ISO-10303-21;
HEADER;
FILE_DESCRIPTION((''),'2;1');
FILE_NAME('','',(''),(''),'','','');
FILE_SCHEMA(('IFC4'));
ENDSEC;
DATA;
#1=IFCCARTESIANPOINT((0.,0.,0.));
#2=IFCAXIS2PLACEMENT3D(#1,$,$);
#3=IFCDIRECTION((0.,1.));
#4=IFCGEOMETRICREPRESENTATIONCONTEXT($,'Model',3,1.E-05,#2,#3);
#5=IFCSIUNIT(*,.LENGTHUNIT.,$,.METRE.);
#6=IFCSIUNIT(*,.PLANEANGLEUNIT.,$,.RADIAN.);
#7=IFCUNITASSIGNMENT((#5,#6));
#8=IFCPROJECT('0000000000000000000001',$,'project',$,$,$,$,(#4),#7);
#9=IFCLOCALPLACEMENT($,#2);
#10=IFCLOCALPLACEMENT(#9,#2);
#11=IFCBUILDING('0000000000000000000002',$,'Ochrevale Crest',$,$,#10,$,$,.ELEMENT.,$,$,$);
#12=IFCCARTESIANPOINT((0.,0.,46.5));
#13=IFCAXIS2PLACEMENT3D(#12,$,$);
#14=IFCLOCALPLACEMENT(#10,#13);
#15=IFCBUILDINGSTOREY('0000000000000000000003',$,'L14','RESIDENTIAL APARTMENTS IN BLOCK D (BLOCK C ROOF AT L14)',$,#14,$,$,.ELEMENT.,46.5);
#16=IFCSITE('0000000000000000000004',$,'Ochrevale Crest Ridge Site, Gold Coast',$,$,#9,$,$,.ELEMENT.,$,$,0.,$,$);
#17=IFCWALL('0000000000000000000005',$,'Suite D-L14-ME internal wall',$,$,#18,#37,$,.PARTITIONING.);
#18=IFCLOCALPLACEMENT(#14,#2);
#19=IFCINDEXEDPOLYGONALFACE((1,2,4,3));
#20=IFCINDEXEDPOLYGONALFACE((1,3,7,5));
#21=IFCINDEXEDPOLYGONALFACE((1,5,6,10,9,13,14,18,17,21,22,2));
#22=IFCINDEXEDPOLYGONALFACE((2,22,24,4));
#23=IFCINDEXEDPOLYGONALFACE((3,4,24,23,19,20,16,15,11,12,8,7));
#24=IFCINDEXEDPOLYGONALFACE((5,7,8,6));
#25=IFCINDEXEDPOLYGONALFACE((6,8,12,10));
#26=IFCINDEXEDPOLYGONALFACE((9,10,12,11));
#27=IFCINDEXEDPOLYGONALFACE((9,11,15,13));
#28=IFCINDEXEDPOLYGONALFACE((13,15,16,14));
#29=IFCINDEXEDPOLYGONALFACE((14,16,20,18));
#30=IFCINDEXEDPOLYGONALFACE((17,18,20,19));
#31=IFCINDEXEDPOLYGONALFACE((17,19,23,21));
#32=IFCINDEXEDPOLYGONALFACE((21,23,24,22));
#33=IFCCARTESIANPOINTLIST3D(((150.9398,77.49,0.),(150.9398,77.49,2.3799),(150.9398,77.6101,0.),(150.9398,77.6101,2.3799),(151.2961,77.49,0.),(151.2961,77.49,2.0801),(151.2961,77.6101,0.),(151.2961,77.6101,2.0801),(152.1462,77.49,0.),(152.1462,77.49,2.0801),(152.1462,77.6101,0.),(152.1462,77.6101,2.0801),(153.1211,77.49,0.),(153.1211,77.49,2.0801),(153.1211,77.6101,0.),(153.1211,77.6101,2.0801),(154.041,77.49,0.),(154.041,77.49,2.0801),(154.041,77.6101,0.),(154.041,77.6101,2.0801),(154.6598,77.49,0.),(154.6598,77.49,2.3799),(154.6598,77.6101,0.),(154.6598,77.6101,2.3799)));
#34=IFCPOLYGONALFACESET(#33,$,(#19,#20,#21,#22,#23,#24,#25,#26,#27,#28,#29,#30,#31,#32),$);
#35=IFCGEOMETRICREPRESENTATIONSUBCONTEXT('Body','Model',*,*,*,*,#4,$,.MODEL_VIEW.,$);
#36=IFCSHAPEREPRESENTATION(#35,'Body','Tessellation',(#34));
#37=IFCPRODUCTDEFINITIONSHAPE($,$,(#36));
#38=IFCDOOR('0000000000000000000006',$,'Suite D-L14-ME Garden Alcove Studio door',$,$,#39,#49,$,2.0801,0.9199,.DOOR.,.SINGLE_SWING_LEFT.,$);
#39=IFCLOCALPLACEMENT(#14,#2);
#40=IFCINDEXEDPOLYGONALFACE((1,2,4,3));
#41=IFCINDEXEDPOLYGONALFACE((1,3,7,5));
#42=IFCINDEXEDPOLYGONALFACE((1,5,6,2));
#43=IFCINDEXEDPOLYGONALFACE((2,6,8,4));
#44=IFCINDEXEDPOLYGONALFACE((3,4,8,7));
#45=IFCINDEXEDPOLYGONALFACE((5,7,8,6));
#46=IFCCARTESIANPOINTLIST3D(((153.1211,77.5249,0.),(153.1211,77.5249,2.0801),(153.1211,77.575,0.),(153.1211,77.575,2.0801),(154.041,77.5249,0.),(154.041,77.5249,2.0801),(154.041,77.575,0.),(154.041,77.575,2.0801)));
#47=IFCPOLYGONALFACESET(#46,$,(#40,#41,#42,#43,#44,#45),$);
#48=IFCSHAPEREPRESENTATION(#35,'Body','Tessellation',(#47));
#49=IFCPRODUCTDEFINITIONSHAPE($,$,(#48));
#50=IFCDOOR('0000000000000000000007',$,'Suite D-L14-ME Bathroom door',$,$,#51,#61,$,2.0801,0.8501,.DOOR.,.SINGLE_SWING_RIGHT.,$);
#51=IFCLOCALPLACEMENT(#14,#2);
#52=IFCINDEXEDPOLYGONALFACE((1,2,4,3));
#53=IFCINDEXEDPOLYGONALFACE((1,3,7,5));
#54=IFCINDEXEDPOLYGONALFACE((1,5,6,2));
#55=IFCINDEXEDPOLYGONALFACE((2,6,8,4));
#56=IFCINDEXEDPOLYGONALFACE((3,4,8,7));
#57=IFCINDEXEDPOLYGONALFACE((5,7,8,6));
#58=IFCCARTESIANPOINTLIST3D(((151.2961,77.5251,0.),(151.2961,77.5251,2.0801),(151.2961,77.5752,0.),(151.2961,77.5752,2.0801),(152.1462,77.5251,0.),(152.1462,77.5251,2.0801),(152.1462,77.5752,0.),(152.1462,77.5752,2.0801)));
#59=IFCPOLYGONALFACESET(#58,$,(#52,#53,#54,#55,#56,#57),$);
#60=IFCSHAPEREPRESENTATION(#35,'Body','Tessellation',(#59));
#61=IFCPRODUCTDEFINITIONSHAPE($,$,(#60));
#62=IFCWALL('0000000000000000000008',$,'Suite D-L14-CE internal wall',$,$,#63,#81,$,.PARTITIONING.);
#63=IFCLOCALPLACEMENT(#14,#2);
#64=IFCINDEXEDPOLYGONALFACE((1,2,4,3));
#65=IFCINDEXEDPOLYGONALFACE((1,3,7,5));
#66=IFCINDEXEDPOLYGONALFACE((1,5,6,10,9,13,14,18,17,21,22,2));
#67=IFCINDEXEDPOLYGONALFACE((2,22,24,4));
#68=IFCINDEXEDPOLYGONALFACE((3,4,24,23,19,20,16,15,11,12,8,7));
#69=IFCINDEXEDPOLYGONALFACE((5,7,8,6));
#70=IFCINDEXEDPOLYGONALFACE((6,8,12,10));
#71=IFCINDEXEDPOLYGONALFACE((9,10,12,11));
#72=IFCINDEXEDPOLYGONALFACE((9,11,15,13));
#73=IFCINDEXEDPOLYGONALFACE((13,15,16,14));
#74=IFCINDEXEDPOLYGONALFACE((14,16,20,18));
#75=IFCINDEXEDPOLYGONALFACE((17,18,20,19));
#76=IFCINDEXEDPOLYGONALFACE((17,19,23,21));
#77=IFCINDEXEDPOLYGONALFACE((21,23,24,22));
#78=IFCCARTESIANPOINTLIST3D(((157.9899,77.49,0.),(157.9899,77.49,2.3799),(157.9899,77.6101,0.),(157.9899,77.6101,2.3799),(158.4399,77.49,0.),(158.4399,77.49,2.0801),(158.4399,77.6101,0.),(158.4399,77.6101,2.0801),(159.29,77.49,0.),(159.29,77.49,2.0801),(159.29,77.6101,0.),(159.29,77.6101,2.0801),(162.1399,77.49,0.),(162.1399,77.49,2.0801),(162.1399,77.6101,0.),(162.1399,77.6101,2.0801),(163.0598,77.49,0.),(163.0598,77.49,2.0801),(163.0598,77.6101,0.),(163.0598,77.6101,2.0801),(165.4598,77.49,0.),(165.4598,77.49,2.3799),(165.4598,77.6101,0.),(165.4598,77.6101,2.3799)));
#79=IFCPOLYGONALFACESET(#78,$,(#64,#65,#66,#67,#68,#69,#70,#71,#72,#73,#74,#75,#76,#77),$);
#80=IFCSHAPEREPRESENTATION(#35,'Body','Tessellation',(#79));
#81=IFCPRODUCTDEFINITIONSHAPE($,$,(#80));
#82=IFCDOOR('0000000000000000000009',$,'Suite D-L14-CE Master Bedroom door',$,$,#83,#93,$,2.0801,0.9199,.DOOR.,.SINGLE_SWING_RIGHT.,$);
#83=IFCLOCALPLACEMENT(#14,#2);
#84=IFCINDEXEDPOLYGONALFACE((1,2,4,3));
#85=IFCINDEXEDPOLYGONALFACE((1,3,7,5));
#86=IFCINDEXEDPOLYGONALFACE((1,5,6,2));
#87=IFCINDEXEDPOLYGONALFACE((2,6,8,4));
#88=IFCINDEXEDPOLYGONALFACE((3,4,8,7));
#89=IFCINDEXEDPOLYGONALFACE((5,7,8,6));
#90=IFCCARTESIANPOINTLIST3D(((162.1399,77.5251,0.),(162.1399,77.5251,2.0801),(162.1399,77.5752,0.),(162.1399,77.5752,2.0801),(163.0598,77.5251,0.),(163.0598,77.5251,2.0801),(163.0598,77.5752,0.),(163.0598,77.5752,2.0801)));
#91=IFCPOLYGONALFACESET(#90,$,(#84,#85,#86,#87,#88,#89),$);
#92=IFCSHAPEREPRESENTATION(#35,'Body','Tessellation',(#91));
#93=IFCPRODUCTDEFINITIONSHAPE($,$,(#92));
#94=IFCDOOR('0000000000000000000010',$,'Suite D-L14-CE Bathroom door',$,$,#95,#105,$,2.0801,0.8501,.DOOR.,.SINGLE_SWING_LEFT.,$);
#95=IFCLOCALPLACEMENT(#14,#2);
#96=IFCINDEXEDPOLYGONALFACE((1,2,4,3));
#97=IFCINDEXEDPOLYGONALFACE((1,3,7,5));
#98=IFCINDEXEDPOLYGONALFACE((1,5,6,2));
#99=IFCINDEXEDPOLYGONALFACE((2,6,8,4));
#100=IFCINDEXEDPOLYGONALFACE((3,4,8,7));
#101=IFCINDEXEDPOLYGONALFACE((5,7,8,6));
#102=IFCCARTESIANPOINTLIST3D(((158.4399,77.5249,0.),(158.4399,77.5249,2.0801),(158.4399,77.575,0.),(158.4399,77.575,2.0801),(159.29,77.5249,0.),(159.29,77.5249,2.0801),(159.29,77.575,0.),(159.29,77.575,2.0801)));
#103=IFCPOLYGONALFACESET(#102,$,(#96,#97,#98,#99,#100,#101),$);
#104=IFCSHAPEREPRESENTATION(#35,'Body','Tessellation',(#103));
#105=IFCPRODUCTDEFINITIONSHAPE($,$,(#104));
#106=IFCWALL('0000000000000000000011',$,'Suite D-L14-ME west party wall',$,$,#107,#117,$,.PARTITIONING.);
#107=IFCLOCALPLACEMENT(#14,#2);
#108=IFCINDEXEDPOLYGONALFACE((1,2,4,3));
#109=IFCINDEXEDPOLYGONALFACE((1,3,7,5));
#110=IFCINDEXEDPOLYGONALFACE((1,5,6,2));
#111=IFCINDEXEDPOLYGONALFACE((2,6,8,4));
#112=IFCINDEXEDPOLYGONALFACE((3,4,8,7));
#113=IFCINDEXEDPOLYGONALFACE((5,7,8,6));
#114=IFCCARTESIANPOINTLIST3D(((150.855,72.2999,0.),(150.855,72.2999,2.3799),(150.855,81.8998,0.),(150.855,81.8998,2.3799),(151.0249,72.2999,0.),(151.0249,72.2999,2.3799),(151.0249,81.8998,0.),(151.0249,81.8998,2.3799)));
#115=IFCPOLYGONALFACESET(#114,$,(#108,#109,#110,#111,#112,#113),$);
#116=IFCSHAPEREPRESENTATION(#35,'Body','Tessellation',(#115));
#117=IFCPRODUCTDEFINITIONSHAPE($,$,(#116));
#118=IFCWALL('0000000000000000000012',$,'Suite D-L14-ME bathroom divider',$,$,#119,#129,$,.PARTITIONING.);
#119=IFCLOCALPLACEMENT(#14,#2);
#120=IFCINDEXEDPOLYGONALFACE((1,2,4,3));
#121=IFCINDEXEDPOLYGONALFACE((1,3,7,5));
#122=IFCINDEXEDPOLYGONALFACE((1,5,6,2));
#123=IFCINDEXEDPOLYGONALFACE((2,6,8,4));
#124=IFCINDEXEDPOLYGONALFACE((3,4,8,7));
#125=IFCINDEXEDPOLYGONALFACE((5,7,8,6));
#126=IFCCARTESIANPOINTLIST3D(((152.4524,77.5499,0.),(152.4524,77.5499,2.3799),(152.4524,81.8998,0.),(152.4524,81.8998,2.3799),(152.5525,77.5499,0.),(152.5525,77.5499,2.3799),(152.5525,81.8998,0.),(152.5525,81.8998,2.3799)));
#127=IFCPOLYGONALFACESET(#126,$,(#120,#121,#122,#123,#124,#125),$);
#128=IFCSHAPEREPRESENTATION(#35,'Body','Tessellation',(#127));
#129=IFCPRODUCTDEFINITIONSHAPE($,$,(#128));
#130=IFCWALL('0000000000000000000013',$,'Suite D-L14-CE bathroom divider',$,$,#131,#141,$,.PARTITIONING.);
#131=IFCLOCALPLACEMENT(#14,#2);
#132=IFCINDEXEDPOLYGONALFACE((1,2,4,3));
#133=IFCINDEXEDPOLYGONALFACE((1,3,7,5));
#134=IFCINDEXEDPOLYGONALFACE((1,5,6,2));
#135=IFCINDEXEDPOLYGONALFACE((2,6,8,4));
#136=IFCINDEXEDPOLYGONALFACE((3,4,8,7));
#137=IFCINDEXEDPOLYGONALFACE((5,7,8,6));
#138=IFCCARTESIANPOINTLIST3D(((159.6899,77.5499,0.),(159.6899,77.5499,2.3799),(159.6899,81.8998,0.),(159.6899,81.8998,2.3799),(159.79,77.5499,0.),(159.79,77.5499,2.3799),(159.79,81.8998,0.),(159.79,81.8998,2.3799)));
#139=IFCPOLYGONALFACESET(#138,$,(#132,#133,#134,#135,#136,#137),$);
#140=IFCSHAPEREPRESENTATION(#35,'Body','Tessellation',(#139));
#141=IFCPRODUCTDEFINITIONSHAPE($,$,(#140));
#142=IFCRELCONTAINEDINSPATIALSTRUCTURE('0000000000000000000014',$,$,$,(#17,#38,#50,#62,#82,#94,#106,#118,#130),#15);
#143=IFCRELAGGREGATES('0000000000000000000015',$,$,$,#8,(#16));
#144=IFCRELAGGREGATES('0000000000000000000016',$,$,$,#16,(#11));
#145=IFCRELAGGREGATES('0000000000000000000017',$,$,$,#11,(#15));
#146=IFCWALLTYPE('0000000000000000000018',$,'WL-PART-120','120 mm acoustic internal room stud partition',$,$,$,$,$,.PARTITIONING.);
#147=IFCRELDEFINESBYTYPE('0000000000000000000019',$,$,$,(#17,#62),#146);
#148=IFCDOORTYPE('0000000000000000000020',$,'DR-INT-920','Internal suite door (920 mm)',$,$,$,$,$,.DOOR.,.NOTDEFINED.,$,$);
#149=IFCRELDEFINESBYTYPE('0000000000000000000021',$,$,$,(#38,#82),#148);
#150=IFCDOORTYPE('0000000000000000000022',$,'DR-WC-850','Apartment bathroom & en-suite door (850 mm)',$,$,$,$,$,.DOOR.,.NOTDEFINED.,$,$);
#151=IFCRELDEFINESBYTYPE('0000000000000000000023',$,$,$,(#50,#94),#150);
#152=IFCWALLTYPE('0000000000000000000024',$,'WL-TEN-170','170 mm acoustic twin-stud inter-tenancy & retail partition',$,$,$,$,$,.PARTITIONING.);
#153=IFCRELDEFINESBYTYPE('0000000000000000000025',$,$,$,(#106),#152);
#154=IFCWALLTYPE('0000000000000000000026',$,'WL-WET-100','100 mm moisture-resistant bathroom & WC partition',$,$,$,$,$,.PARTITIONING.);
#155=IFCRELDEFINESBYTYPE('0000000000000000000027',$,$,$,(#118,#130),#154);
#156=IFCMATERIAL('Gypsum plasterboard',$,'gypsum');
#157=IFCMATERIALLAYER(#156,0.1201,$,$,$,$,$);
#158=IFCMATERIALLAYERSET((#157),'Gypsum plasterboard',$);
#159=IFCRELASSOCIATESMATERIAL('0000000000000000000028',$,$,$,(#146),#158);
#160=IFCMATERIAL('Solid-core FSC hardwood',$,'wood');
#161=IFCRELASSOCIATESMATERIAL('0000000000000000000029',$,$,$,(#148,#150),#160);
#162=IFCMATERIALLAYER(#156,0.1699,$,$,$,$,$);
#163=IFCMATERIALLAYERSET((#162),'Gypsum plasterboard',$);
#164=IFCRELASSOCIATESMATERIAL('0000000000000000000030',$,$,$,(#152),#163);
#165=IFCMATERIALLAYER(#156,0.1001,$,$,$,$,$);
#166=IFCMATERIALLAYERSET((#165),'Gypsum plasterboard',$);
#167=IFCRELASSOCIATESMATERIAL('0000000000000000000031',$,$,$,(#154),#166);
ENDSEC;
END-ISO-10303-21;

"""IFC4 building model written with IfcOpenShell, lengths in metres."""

from ifc_helpers import new_model, si_unit, direction, frame, frame_2d, origin, place, context, subcontext, project, spatial, rectangle, extrude, material, layer, layer_set, type_object, element, fill, save


model = new_model("IFC4")

# Units and contexts
model_context = context("Model", 3, precision=1e-05, world=origin(), true_north=direction((0.0, 1.0)))
body_context = subcontext(model_context, "Body", "Model", "MODEL_VIEW")
ifc_project = project(units=[si_unit("LENGTHUNIT", "METRE"), si_unit("PLANEANGLEUNIT", "RADIAN")], contexts=[model_context])

# Site, building, storey
site_placement = place(None, origin())
site = spatial("IfcSite", under=ifc_project, at=site_placement, Name="Ochrevale Crest Ridge Site, Gold Coast", CompositionType="ELEMENT", RefElevation=0.0)
building_placement = place(site_placement, origin())
building = spatial("IfcBuilding", under=site, at=building_placement, Name="Ochrevale Crest", CompositionType="ELEMENT")
storey_placement = place(building_placement, frame((0.0, 0.0, 46.5)))
storey = spatial("IfcBuildingStorey", under=building, at=storey_placement, Name="L14", Description="RESIDENTIAL APARTMENTS IN BLOCK D (BLOCK C ROOF AT L14)", CompositionType="ELEMENT", Elevation=46.5)

# Walls, openings, doors
ifc_material_1 = material(Name="Gypsum plasterboard", Category="gypsum")
ifc_layer_1 = layer(ifc_material_1, 0.1201)
ifc_layer_set_1 = layer_set([ifc_layer_1], Name="Gypsum plasterboard")
wall_type_1 = type_object("IfcWallType", Name="WL-PART-120", Description="120 mm acoustic internal room stud partition", PredefinedType="PARTITIONING", material=ifc_layer_set_1)
wall_1_placement = place(storey_placement, frame((150.9399, 77.55, 0.0), z_axis=(0.0, 0.0, 1.0), x_axis=(1.0, 0.0, 0.0)))
wall_1 = element("IfcWall", 1, at=wall_1_placement, inside=storey, type_object=wall_type_1, Name="Suite D-L14-ME internal wall", PredefinedType="PARTITIONING", context=body_context, shape_type="SweptSolid", body=[
    extrude(rectangle(XDim=3.72, YDim=0.1201, at=frame_2d((1.8599, 0.0))), origin(), (0.0, 0.0, 1.0), 2.3799),
])
opening_1_placement = place(wall_1_placement, frame((1.2063, 0.0, 0.0), z_axis=(0.0, 0.0, 1.0), x_axis=(-1.0, 0.0, 0.0)))
opening_1 = element("IfcOpeningElement", 2, at=opening_1_placement, cuts=wall_1, PredefinedType="OPENING", context=body_context, shape_type="SweptSolid", body=[
    extrude(rectangle(XDim=0.8501, YDim=2.0801, at=frame_2d((0.425, 1.04))), frame((0.0, 0.0701, 0.0), z_axis=(0.0, -1.0, 0.0), x_axis=(1.0, 0.0, 0.0)), (0.0, 0.0, 1.0), 0.1401),
])
opening_2_placement = place(wall_1_placement, frame((2.1812, 0.0, 0.0)))
opening_2 = element("IfcOpeningElement", 3, at=opening_2_placement, cuts=wall_1, PredefinedType="OPENING", context=body_context, shape_type="SweptSolid", body=[
    extrude(rectangle(XDim=0.9199, YDim=2.0801, at=frame_2d((0.46, 1.04))), frame((0.0, 0.0701, 0.0), z_axis=(0.0, -1.0, 0.0), x_axis=(1.0, 0.0, 0.0)), (0.0, 0.0, 1.0), 0.1401),
])
ifc_material_2 = material(Name="Solid-core FSC hardwood", Category="wood")
door_type_1 = type_object("IfcDoorType", Name="DR-INT-920", Description="Internal suite door (920 mm)", OperationType="NOTDEFINED", PredefinedType="DOOR", material=ifc_material_2)
door_1_placement = place(opening_2_placement, origin())
door_1 = element("IfcDoor", 4, at=door_1_placement, inside=storey, type_object=door_type_1, Name="Suite D-L14-ME Garden Alcove Studio door", OperationType="SINGLE_SWING_LEFT", OverallHeight=2.0801, OverallWidth=0.9199, PredefinedType="DOOR", context=body_context, shape_type="SweptSolid", body=[
    extrude(rectangle(XDim=0.9199, YDim=2.0801, at=frame_2d((0.46, 1.04))), frame((0.0, 0.0249, 0.0), z_axis=(0.0, -1.0, 0.0), x_axis=(1.0, 0.0, 0.0)), (0.0, 0.0, 1.0), 0.05),
])
fill(opening_2, door_1)
door_type_2 = type_object("IfcDoorType", Name="DR-WC-850", Description="Apartment bathroom & en-suite door (850 mm)", OperationType="NOTDEFINED", PredefinedType="DOOR", material=ifc_material_2)
door_2_placement = place(opening_1_placement, origin())
door_2 = element("IfcDoor", 5, at=door_2_placement, inside=storey, type_object=door_type_2, Name="Suite D-L14-ME Bathroom door", OperationType="SINGLE_SWING_RIGHT", OverallHeight=2.0801, OverallWidth=0.8501, PredefinedType="DOOR", context=body_context, shape_type="SweptSolid", body=[
    extrude(rectangle(XDim=0.8501, YDim=2.0801, at=frame_2d((0.425, 1.04))), frame((0.0, 0.0249, 0.0), z_axis=(0.0, -1.0, 0.0), x_axis=(1.0, 0.0, 0.0)), (0.0, 0.0, 1.0), 0.05),
])
fill(opening_1, door_2)
wall_2_placement = place(storey_placement, frame((157.99, 77.55, 0.0), z_axis=(0.0, 0.0, 1.0), x_axis=(1.0, 0.0, 0.0)))
wall_2 = element("IfcWall", 6, at=wall_2_placement, inside=storey, type_object=wall_type_1, Name="Suite D-L14-CE internal wall", PredefinedType="PARTITIONING", context=body_context, shape_type="SweptSolid", body=[
    extrude(rectangle(XDim=7.47, YDim=0.1201, at=frame_2d((3.7349, 0.0))), origin(), (0.0, 0.0, 1.0), 2.3799),
])
opening_3_placement = place(wall_2_placement, frame((0.45, 0.0, 0.0)))
opening_3 = element("IfcOpeningElement", 7, at=opening_3_placement, cuts=wall_2, PredefinedType="OPENING", context=body_context, shape_type="SweptSolid", body=[
    extrude(rectangle(XDim=0.8501, YDim=2.0801, at=frame_2d((0.425, 1.04))), frame((0.0, 0.0701, 0.0), z_axis=(0.0, -1.0, 0.0), x_axis=(1.0, 0.0, 0.0)), (0.0, 0.0, 1.0), 0.1401),
])
opening_4_placement = place(wall_2_placement, frame((5.0698, 0.0, 0.0), z_axis=(0.0, 0.0, 1.0), x_axis=(-1.0, 0.0, 0.0)))
opening_4 = element("IfcOpeningElement", 8, at=opening_4_placement, cuts=wall_2, PredefinedType="OPENING", context=body_context, shape_type="SweptSolid", body=[
    extrude(rectangle(XDim=0.9199, YDim=2.0801, at=frame_2d((0.46, 1.04))), frame((0.0, 0.0701, 0.0), z_axis=(0.0, -1.0, 0.0), x_axis=(1.0, 0.0, 0.0)), (0.0, 0.0, 1.0), 0.1401),
])
door_3_placement = place(opening_4_placement, origin())
door_3 = element("IfcDoor", 9, at=door_3_placement, inside=storey, type_object=door_type_1, Name="Suite D-L14-CE Master Bedroom door", OperationType="SINGLE_SWING_RIGHT", OverallHeight=2.0801, OverallWidth=0.9199, PredefinedType="DOOR", context=body_context, shape_type="SweptSolid", body=[
    extrude(rectangle(XDim=0.9199, YDim=2.0801, at=frame_2d((0.46, 1.04))), frame((0.0, 0.0249, 0.0), z_axis=(0.0, -1.0, 0.0), x_axis=(1.0, 0.0, 0.0)), (0.0, 0.0, 1.0), 0.05),
])
fill(opening_4, door_3)
door_4_placement = place(opening_3_placement, origin())
door_4 = element("IfcDoor", 10, at=door_4_placement, inside=storey, type_object=door_type_2, Name="Suite D-L14-CE Bathroom door", OperationType="SINGLE_SWING_LEFT", OverallHeight=2.0801, OverallWidth=0.8501, PredefinedType="DOOR", context=body_context, shape_type="SweptSolid", body=[
    extrude(rectangle(XDim=0.8501, YDim=2.0801, at=frame_2d((0.425, 1.04))), frame((0.0, 0.0249, 0.0), z_axis=(0.0, -1.0, 0.0), x_axis=(1.0, 0.0, 0.0)), (0.0, 0.0, 1.0), 0.05),
])
fill(opening_3, door_4)

# Walls
ifc_layer_2 = layer(ifc_material_1, 0.1699)
ifc_layer_set_2 = layer_set([ifc_layer_2], Name="Gypsum plasterboard")
wall_type_2 = type_object("IfcWallType", Name="WL-TEN-170", Description="170 mm acoustic twin-stud inter-tenancy & retail partition", PredefinedType="PARTITIONING", material=ifc_layer_set_2)
wall_3_placement = place(storey_placement, frame((150.9399, 72.3, 0.0), z_axis=(0.0, 0.0, 1.0), x_axis=(0.0, 1.0, 0.0)))
element("IfcWall", 11, at=wall_3_placement, inside=storey, type_object=wall_type_2, Name="Suite D-L14-ME west party wall", PredefinedType="PARTITIONING", context=body_context, shape_type="SweptSolid", body=[
    extrude(rectangle(XDim=9.5999, YDim=0.1699, at=frame_2d((4.7998, 0.0))), origin(), (0.0, 0.0, 1.0), 2.3799),
])
ifc_layer_3 = layer(ifc_material_1, 0.1001)
ifc_layer_set_3 = layer_set([ifc_layer_3], Name="Gypsum plasterboard")
wall_type_3 = type_object("IfcWallType", Name="WL-WET-100", Description="100 mm moisture-resistant bathroom & WC partition", PredefinedType="PARTITIONING", material=ifc_layer_set_3)
for number, where, z_axis, x_axis, name in (
    (12, (152.5024, 77.55, 0.0), (0.0, 0.0, 1.0), (0.0, 1.0, 0.0), "Suite D-L14-ME bathroom divider"),
    (13, (159.74, 77.55, 0.0), (0.0, 0.0, 1.0), (0.0, 1.0, 0.0), "Suite D-L14-CE bathroom divider"),
):
    element("IfcWall", number, at=place(storey_placement, frame(where, z_axis=z_axis, x_axis=x_axis)), inside=storey, type_object=wall_type_3, Name=name, PredefinedType="PARTITIONING", context=body_context, shape_type="SweptSolid", body=[
        extrude(rectangle(XDim=4.3499, YDim=0.1001, at=frame_2d((2.1748, 0.0))), origin(), (0.0, 0.0, 1.0), 2.3799),
    ])

save(model, "model.ifc")
